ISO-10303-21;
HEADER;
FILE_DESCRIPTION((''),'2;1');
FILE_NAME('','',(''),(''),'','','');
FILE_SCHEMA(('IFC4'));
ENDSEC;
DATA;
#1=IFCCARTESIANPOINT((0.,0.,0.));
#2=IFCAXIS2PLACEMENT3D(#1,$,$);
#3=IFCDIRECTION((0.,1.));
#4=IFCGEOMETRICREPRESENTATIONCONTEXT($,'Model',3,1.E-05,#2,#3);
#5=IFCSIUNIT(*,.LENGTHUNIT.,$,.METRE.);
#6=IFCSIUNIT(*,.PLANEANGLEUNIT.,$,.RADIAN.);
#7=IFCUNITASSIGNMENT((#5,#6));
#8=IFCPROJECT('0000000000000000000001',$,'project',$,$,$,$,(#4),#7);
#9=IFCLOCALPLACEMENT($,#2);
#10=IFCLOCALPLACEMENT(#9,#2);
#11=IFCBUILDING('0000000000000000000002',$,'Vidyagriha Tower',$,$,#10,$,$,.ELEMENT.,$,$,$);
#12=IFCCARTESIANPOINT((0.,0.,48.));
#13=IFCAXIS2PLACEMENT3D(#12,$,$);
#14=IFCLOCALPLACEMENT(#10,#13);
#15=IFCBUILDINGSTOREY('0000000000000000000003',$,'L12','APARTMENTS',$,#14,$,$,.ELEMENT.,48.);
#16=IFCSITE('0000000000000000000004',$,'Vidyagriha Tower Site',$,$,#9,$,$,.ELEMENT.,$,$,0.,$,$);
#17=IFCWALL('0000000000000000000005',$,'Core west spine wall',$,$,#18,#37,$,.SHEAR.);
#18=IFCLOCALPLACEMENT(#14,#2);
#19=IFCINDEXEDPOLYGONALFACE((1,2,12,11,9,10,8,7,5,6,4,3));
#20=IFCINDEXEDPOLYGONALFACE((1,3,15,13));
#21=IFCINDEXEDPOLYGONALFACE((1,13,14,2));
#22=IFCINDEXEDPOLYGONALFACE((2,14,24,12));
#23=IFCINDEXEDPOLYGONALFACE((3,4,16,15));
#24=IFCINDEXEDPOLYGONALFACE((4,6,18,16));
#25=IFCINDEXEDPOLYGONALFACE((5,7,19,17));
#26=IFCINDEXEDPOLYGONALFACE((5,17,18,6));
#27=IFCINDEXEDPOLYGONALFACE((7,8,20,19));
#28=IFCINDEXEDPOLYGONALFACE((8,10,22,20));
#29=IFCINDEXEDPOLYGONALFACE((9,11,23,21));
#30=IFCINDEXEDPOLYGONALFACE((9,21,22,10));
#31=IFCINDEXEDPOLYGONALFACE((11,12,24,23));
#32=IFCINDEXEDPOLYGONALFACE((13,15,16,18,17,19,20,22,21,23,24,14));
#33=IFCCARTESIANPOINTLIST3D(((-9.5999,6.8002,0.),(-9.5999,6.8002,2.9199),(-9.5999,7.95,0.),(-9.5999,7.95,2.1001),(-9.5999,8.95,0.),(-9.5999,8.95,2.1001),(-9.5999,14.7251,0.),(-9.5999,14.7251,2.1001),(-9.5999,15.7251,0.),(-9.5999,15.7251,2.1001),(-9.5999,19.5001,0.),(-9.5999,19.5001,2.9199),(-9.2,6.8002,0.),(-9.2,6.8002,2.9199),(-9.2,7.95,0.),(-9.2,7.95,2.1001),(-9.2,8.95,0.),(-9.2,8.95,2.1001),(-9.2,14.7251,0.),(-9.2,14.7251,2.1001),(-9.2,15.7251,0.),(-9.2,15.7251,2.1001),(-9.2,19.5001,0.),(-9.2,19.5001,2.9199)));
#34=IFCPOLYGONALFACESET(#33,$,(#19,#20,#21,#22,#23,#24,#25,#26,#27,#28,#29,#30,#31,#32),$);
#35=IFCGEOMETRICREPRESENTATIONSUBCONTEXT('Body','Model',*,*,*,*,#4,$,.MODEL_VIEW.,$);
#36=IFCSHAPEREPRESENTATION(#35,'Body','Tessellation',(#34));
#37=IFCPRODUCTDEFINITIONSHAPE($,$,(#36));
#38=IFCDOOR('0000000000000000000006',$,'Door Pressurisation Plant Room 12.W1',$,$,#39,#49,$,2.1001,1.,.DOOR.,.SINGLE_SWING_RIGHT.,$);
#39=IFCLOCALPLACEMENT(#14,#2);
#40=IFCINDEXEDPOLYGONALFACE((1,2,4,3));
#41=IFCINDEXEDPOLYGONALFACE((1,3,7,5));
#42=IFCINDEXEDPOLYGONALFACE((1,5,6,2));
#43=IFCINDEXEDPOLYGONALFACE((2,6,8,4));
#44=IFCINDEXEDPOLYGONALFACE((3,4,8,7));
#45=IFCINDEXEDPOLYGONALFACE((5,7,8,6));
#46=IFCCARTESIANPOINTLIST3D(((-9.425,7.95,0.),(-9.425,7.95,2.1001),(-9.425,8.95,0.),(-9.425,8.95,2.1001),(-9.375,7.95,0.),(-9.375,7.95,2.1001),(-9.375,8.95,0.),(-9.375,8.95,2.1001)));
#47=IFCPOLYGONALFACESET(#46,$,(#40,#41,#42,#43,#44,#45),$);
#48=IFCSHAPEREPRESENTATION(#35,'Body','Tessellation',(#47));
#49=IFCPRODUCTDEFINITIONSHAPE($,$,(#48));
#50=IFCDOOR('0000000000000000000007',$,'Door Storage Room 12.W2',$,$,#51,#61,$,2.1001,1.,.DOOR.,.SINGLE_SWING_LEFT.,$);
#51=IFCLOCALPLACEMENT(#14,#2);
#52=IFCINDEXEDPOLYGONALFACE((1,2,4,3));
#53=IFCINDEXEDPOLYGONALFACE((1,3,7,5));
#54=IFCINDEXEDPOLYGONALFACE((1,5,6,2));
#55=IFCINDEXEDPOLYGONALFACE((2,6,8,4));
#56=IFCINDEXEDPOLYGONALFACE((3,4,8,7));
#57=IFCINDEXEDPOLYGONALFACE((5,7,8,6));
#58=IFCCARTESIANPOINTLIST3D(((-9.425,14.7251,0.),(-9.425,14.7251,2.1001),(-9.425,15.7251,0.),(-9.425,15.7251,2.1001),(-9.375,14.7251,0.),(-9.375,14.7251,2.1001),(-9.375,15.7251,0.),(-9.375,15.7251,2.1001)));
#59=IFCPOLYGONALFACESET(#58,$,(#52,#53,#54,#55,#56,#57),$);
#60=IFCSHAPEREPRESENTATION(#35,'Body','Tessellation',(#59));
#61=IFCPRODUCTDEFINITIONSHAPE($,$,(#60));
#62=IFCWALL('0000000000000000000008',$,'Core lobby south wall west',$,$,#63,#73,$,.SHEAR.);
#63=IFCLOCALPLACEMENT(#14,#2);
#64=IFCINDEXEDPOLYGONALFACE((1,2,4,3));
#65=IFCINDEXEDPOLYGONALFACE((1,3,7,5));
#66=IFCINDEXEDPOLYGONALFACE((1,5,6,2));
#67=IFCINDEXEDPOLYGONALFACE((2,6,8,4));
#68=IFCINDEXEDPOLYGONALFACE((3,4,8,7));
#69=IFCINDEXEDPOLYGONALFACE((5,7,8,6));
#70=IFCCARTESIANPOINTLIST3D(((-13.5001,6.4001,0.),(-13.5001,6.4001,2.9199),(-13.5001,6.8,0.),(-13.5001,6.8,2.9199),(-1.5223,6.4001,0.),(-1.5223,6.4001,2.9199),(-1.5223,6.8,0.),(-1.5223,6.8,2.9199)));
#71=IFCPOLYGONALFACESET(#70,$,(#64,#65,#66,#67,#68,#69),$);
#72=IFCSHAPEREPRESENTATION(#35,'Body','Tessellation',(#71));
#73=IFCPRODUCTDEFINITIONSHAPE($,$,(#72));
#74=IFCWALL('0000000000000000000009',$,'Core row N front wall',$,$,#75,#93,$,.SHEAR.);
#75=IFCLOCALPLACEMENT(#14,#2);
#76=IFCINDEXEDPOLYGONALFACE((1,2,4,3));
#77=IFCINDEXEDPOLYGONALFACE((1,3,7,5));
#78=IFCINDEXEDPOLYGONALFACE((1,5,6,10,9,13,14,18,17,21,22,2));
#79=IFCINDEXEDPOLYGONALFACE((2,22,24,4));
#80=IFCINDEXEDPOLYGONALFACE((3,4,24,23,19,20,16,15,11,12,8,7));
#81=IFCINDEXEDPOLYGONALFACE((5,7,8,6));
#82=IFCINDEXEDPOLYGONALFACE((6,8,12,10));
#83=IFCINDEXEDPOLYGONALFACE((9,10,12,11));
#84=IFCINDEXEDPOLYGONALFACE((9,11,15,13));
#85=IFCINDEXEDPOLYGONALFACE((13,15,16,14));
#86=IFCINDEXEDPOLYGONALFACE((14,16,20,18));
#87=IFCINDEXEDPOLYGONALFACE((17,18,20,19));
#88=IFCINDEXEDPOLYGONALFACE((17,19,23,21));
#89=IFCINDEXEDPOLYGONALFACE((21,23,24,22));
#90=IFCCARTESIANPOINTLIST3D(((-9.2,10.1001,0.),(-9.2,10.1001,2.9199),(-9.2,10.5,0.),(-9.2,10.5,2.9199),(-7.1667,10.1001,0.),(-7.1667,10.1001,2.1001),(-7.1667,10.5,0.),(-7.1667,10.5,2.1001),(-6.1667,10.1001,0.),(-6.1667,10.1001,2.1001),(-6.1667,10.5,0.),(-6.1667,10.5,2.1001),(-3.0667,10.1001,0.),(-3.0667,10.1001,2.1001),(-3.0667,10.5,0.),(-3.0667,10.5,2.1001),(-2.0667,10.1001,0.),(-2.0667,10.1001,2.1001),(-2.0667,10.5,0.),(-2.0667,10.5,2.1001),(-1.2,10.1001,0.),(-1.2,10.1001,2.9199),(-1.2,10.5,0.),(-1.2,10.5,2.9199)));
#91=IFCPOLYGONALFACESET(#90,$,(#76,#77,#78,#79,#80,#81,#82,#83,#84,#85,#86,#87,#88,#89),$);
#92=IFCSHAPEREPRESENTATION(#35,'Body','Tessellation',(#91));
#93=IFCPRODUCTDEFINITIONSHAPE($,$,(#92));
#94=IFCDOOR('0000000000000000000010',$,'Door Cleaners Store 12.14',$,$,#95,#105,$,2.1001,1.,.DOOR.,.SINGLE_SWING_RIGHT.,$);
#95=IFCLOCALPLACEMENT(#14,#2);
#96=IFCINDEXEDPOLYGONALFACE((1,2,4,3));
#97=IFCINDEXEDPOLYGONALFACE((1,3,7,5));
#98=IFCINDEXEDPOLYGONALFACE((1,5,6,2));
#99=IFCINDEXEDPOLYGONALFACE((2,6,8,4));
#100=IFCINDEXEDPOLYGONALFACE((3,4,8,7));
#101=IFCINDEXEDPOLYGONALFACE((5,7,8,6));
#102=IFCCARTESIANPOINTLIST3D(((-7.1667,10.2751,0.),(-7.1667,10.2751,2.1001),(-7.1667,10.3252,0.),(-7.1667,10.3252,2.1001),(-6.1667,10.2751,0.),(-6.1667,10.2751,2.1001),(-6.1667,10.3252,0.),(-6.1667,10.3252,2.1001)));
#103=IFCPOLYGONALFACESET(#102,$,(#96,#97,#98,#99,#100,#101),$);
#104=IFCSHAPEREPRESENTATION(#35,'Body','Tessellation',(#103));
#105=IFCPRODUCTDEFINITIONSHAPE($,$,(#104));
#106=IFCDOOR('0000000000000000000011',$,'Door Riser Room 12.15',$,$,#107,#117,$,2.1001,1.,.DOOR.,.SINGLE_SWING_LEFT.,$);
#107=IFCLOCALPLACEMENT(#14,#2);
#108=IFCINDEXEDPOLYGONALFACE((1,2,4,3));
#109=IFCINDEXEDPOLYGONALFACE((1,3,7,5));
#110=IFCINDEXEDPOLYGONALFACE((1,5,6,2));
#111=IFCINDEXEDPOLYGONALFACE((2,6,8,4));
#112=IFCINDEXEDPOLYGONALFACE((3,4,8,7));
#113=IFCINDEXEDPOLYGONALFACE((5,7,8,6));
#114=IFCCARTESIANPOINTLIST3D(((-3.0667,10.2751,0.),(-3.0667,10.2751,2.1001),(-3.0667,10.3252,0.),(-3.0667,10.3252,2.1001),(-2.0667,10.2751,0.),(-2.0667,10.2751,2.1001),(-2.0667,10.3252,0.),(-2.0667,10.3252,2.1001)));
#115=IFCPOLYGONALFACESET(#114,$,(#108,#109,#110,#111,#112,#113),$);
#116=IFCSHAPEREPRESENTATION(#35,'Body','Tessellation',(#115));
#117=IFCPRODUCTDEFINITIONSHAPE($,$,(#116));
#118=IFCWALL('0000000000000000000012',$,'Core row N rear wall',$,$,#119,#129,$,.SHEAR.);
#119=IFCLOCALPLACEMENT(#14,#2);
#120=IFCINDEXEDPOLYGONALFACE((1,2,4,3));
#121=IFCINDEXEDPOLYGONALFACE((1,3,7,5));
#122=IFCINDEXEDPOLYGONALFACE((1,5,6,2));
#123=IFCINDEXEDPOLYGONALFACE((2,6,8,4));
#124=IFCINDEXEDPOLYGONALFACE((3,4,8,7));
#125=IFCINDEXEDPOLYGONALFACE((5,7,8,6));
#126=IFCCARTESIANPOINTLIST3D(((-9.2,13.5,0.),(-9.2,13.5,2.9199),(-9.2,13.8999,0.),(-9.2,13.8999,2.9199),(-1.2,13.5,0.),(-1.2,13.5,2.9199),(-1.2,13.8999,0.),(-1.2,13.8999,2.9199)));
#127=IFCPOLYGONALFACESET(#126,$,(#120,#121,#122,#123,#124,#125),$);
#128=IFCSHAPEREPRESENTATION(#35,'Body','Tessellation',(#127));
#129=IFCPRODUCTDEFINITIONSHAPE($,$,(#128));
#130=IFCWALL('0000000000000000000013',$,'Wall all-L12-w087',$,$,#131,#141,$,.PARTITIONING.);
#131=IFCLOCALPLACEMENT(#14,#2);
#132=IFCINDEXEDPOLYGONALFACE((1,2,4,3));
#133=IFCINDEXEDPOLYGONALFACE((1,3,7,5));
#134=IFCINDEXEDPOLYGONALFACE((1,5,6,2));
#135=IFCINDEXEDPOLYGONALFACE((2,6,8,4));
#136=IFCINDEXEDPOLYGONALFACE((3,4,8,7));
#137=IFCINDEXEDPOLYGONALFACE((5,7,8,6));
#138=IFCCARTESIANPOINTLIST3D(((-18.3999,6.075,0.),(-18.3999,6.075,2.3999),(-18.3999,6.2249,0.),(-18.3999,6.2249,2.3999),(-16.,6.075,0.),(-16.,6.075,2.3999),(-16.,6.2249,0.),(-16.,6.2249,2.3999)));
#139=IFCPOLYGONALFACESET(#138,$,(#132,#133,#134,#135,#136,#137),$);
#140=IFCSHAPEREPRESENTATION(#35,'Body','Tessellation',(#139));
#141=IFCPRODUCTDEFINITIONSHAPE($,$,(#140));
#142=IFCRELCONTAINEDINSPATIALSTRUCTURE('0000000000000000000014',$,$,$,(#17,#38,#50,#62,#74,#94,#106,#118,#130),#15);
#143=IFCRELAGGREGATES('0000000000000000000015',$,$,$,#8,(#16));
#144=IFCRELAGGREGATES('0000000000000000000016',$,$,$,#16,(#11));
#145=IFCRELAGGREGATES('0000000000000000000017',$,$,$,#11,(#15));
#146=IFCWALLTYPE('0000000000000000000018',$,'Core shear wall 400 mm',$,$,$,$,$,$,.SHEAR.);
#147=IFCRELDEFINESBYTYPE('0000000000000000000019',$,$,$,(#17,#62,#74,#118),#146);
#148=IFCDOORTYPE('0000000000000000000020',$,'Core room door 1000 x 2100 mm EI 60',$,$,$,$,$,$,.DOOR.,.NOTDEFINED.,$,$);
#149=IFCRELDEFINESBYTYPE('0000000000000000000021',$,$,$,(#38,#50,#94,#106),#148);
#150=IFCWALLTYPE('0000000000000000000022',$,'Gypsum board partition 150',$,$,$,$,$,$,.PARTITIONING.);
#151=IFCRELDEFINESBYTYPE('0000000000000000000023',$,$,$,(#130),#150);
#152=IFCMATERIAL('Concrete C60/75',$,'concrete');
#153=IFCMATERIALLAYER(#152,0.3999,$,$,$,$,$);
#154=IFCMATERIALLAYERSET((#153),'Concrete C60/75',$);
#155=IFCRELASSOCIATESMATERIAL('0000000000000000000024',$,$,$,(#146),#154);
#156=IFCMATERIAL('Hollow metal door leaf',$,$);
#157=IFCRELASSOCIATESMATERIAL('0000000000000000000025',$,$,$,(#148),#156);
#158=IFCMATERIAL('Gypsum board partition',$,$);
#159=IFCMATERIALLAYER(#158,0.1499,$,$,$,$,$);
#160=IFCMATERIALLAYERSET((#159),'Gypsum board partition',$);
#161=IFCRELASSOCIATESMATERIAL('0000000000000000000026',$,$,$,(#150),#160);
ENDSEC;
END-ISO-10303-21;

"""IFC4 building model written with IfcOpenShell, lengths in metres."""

from ifc_helpers import new_model, si_unit, direction, frame, frame_2d, origin, place, context, subcontext, project, spatial, rectangle, extrude, material, layer, layer_set, type_object, element, fill, save


model = new_model("IFC4")

# Units and contexts
model_context = context("Model", 3, precision=1e-05, world=origin(), true_north=direction((0.0, 1.0)))
body_context = subcontext(model_context, "Body", "Model", "MODEL_VIEW")
ifc_project = project(units=[si_unit("LENGTHUNIT", "METRE"), si_unit("PLANEANGLEUNIT", "RADIAN")], contexts=[model_context])

# Site, building, storey
site_placement = place(None, origin())
site = spatial("IfcSite", under=ifc_project, at=site_placement, Name="Vidyagriha Tower Site", CompositionType="ELEMENT", RefElevation=0.0)
building_placement = place(site_placement, origin())
building = spatial("IfcBuilding", under=site, at=building_placement, Name="Vidyagriha Tower", CompositionType="ELEMENT")
storey_placement = place(building_placement, frame((0.0, 0.0, 48.0)))
storey = spatial("IfcBuildingStorey", under=building, at=storey_placement, Name="L12", Description="APARTMENTS", CompositionType="ELEMENT", Elevation=48.0)

# Wall, openings, doors
ifc_material_1 = material(Name="Concrete C60/75", Category="concrete")
ifc_layer_1 = layer(ifc_material_1, 0.3999)
ifc_layer_set_1 = layer_set([ifc_layer_1], Name="Concrete C60/75")
wall_type_1 = type_object("IfcWallType", Name="Core shear wall 400 mm", PredefinedType="SHEAR", material=ifc_layer_set_1)
wall_1_placement = place(storey_placement, frame((-9.3999, 6.8, 0.0), z_axis=(0.0, 0.0, 1.0), x_axis=(0.0, 1.0, 0.0)))
wall_1 = element("IfcWall", 1, at=wall_1_placement, inside=storey, type_object=wall_type_1, Name="Core west spine wall", PredefinedType="SHEAR", context=body_context, shape_type="SweptSolid", body=[
    extrude(rectangle(XDim=12.7, YDim=0.3999, at=frame_2d((6.3501, 0.0))), origin(), (0.0, 0.0, 1.0), 2.9199),
])
opening_1_placement = place(wall_1_placement, frame((1.1499, 0.0, 0.0)))
opening_1 = element("IfcOpeningElement", 2, at=opening_1_placement, cuts=wall_1, PredefinedType="OPENING", context=body_context, shape_type="SweptSolid", body=[
    extrude(rectangle(XDim=1.0, YDim=2.1001, at=frame_2d((0.5, 1.05))), frame((0.0, 0.21, 0.0), z_axis=(0.0, -1.0, 0.0), x_axis=(1.0, 0.0, 0.0)), (0.0, 0.0, 1.0), 0.4199),
])
opening_2_placement = place(wall_1_placement, frame((7.925, 0.0, 0.0)))
opening_2 = element("IfcOpeningElement", 3, at=opening_2_placement, cuts=wall_1, PredefinedType="OPENING", context=body_context, shape_type="SweptSolid", body=[
    extrude(rectangle(XDim=1.0, YDim=2.1001, at=frame_2d((0.5, 1.05))), frame((0.0, 0.21, 0.0), z_axis=(0.0, -1.0, 0.0), x_axis=(1.0, 0.0, 0.0)), (0.0, 0.0, 1.0), 0.4199),
])
ifc_material_2 = material(Name="Hollow metal door leaf")
door_type_1 = type_object("IfcDoorType", Name="Core room door 1000 x 2100 mm EI 60", OperationType="NOTDEFINED", PredefinedType="DOOR", material=ifc_material_2)
door_1_placement = place(opening_1_placement, frame((1.0, 0.0, 0.0), z_axis=(0.0, 0.0, 1.0), x_axis=(-1.0, 0.0, 0.0)))
door_1 = element("IfcDoor", 4, at=door_1_placement, inside=storey, type_object=door_type_1, Name="Door Pressurisation Plant Room 12.W1", OperationType="SINGLE_SWING_RIGHT", OverallHeight=2.1001, OverallWidth=1.0, PredefinedType="DOOR", context=body_context, shape_type="SweptSolid", body=[
    extrude(rectangle(XDim=1.0, YDim=2.1001, at=frame_2d((0.5, 1.05))), frame((0.0, 0.0249, 0.0), z_axis=(0.0, -1.0, 0.0), x_axis=(1.0, 0.0, 0.0)), (0.0, 0.0, 1.0), 0.05),
])
fill(opening_1, door_1)
door_2_placement = place(opening_2_placement, frame((1.0, 0.0, 0.0), z_axis=(0.0, 0.0, 1.0), x_axis=(-1.0, 0.0, 0.0)))
door_2 = element("IfcDoor", 5, at=door_2_placement, inside=storey, type_object=door_type_1, Name="Door Storage Room 12.W2", OperationType="SINGLE_SWING_LEFT", OverallHeight=2.1001, OverallWidth=1.0, PredefinedType="DOOR", context=body_context, shape_type="SweptSolid", body=[
    extrude(rectangle(XDim=1.0, YDim=2.1001, at=frame_2d((0.5, 1.05))), frame((0.0, 0.0249, 0.0), z_axis=(0.0, -1.0, 0.0), x_axis=(1.0, 0.0, 0.0)), (0.0, 0.0, 1.0), 0.05),
])
fill(opening_2, door_2)

# Wall
wall_2_placement = place(storey_placement, frame((-13.5, 6.6001, 0.0)))
element("IfcWall", 6, at=wall_2_placement, inside=storey, type_object=wall_type_1, Name="Core lobby south wall west", PredefinedType="SHEAR", context=body_context, shape_type="SweptSolid", body=[
    extrude(rectangle(XDim=11.9778, YDim=0.3999, at=frame_2d((5.9888, 0.0))), origin(), (0.0, 0.0, 1.0), 2.9199),
])

# Wall, openings, doors
wall_3_placement = place(storey_placement, frame((-9.2, 10.3, 0.0)))
wall_3 = element("IfcWall", 7, at=wall_3_placement, inside=storey, type_object=wall_type_1, Name="Core row N front wall", PredefinedType="SHEAR", context=body_context, shape_type="SweptSolid", body=[
    extrude(rectangle(XDim=8.0, YDim=0.3999, at=frame_2d((4.0, 0.0))), origin(), (0.0, 0.0, 1.0), 2.9199),
])
opening_3_placement = place(wall_3_placement, frame((2.0332, 0.0, 0.0)))
opening_3 = element("IfcOpeningElement", 8, at=opening_3_placement, cuts=wall_3, PredefinedType="OPENING", context=body_context, shape_type="SweptSolid", body=[
    extrude(rectangle(XDim=1.0, YDim=2.1001, at=frame_2d((0.5, 1.05))), frame((0.0, 0.21, 0.0), z_axis=(0.0, -1.0, 0.0), x_axis=(1.0, 0.0, 0.0)), (0.0, 0.0, 1.0), 0.4199),
])
opening_4_placement = place(wall_3_placement, frame((6.1333, 0.0, 0.0)))
opening_4 = element("IfcOpeningElement", 9, at=opening_4_placement, cuts=wall_3, PredefinedType="OPENING", context=body_context, shape_type="SweptSolid", body=[
    extrude(rectangle(XDim=1.0, YDim=2.1001, at=frame_2d((0.5, 1.05))), frame((0.0, 0.21, 0.0), z_axis=(0.0, -1.0, 0.0), x_axis=(1.0, 0.0, 0.0)), (0.0, 0.0, 1.0), 0.4199),
])
door_3_placement = place(opening_3_placement, frame((1.0, 0.0, 0.0), z_axis=(0.0, 0.0, 1.0), x_axis=(-1.0, 0.0, 0.0)))
door_3 = element("IfcDoor", 10, at=door_3_placement, inside=storey, type_object=door_type_1, Name="Door Cleaners Store 12.14", OperationType="SINGLE_SWING_RIGHT", OverallHeight=2.1001, OverallWidth=1.0, PredefinedType="DOOR", context=body_context, shape_type="SweptSolid", body=[
    extrude(rectangle(XDim=1.0, YDim=2.1001, at=frame_2d((0.5, 1.05))), frame((0.0, 0.0249, 0.0), z_axis=(0.0, -1.0, 0.0), x_axis=(1.0, 0.0, 0.0)), (0.0, 0.0, 1.0), 0.05),
])
fill(opening_3, door_3)
door_4_placement = place(opening_4_placement, frame((1.0, 0.0, 0.0), z_axis=(0.0, 0.0, 1.0), x_axis=(-1.0, 0.0, 0.0)))
door_4 = element("IfcDoor", 11, at=door_4_placement, inside=storey, type_object=door_type_1, Name="Door Riser Room 12.15", OperationType="SINGLE_SWING_LEFT", OverallHeight=2.1001, OverallWidth=1.0, PredefinedType="DOOR", context=body_context, shape_type="SweptSolid", body=[
    extrude(rectangle(XDim=1.0, YDim=2.1001, at=frame_2d((0.5, 1.05))), frame((0.0, 0.0249, 0.0), z_axis=(0.0, -1.0, 0.0), x_axis=(1.0, 0.0, 0.0)), (0.0, 0.0, 1.0), 0.05),
])
fill(opening_4, door_4)

# Walls
wall_4_placement = place(storey_placement, frame((-9.2, 13.7, 0.0)))
element("IfcWall", 12, at=wall_4_placement, inside=storey, type_object=wall_type_1, Name="Core row N rear wall", PredefinedType="SHEAR", context=body_context, shape_type="SweptSolid", body=[
    extrude(rectangle(XDim=8.0, YDim=0.3999, at=frame_2d((4.0, 0.0))), origin(), (0.0, 0.0, 1.0), 2.9199),
])
ifc_material_3 = material(Name="Gypsum board partition")
ifc_layer_2 = layer(ifc_material_3, 0.1499)
ifc_layer_set_2 = layer_set([ifc_layer_2], Name="Gypsum board partition")
wall_type_2 = type_object("IfcWallType", Name="Gypsum board partition 150", PredefinedType="PARTITIONING", material=ifc_layer_set_2)
wall_5_placement = place(storey_placement, frame((-18.3999, 6.1499, 0.0)))
element("IfcWall", 13, at=wall_5_placement, inside=storey, type_object=wall_type_2, Name="Wall all-L12-w087", PredefinedType="PARTITIONING", context=body_context, shape_type="SweptSolid", body=[
    extrude(rectangle(XDim=2.3999, YDim=0.1499, at=frame_2d((1.2, 0.0))), origin(), (0.0, 0.0, 1.0), 2.3999),
])

save(model, "model.ifc")
